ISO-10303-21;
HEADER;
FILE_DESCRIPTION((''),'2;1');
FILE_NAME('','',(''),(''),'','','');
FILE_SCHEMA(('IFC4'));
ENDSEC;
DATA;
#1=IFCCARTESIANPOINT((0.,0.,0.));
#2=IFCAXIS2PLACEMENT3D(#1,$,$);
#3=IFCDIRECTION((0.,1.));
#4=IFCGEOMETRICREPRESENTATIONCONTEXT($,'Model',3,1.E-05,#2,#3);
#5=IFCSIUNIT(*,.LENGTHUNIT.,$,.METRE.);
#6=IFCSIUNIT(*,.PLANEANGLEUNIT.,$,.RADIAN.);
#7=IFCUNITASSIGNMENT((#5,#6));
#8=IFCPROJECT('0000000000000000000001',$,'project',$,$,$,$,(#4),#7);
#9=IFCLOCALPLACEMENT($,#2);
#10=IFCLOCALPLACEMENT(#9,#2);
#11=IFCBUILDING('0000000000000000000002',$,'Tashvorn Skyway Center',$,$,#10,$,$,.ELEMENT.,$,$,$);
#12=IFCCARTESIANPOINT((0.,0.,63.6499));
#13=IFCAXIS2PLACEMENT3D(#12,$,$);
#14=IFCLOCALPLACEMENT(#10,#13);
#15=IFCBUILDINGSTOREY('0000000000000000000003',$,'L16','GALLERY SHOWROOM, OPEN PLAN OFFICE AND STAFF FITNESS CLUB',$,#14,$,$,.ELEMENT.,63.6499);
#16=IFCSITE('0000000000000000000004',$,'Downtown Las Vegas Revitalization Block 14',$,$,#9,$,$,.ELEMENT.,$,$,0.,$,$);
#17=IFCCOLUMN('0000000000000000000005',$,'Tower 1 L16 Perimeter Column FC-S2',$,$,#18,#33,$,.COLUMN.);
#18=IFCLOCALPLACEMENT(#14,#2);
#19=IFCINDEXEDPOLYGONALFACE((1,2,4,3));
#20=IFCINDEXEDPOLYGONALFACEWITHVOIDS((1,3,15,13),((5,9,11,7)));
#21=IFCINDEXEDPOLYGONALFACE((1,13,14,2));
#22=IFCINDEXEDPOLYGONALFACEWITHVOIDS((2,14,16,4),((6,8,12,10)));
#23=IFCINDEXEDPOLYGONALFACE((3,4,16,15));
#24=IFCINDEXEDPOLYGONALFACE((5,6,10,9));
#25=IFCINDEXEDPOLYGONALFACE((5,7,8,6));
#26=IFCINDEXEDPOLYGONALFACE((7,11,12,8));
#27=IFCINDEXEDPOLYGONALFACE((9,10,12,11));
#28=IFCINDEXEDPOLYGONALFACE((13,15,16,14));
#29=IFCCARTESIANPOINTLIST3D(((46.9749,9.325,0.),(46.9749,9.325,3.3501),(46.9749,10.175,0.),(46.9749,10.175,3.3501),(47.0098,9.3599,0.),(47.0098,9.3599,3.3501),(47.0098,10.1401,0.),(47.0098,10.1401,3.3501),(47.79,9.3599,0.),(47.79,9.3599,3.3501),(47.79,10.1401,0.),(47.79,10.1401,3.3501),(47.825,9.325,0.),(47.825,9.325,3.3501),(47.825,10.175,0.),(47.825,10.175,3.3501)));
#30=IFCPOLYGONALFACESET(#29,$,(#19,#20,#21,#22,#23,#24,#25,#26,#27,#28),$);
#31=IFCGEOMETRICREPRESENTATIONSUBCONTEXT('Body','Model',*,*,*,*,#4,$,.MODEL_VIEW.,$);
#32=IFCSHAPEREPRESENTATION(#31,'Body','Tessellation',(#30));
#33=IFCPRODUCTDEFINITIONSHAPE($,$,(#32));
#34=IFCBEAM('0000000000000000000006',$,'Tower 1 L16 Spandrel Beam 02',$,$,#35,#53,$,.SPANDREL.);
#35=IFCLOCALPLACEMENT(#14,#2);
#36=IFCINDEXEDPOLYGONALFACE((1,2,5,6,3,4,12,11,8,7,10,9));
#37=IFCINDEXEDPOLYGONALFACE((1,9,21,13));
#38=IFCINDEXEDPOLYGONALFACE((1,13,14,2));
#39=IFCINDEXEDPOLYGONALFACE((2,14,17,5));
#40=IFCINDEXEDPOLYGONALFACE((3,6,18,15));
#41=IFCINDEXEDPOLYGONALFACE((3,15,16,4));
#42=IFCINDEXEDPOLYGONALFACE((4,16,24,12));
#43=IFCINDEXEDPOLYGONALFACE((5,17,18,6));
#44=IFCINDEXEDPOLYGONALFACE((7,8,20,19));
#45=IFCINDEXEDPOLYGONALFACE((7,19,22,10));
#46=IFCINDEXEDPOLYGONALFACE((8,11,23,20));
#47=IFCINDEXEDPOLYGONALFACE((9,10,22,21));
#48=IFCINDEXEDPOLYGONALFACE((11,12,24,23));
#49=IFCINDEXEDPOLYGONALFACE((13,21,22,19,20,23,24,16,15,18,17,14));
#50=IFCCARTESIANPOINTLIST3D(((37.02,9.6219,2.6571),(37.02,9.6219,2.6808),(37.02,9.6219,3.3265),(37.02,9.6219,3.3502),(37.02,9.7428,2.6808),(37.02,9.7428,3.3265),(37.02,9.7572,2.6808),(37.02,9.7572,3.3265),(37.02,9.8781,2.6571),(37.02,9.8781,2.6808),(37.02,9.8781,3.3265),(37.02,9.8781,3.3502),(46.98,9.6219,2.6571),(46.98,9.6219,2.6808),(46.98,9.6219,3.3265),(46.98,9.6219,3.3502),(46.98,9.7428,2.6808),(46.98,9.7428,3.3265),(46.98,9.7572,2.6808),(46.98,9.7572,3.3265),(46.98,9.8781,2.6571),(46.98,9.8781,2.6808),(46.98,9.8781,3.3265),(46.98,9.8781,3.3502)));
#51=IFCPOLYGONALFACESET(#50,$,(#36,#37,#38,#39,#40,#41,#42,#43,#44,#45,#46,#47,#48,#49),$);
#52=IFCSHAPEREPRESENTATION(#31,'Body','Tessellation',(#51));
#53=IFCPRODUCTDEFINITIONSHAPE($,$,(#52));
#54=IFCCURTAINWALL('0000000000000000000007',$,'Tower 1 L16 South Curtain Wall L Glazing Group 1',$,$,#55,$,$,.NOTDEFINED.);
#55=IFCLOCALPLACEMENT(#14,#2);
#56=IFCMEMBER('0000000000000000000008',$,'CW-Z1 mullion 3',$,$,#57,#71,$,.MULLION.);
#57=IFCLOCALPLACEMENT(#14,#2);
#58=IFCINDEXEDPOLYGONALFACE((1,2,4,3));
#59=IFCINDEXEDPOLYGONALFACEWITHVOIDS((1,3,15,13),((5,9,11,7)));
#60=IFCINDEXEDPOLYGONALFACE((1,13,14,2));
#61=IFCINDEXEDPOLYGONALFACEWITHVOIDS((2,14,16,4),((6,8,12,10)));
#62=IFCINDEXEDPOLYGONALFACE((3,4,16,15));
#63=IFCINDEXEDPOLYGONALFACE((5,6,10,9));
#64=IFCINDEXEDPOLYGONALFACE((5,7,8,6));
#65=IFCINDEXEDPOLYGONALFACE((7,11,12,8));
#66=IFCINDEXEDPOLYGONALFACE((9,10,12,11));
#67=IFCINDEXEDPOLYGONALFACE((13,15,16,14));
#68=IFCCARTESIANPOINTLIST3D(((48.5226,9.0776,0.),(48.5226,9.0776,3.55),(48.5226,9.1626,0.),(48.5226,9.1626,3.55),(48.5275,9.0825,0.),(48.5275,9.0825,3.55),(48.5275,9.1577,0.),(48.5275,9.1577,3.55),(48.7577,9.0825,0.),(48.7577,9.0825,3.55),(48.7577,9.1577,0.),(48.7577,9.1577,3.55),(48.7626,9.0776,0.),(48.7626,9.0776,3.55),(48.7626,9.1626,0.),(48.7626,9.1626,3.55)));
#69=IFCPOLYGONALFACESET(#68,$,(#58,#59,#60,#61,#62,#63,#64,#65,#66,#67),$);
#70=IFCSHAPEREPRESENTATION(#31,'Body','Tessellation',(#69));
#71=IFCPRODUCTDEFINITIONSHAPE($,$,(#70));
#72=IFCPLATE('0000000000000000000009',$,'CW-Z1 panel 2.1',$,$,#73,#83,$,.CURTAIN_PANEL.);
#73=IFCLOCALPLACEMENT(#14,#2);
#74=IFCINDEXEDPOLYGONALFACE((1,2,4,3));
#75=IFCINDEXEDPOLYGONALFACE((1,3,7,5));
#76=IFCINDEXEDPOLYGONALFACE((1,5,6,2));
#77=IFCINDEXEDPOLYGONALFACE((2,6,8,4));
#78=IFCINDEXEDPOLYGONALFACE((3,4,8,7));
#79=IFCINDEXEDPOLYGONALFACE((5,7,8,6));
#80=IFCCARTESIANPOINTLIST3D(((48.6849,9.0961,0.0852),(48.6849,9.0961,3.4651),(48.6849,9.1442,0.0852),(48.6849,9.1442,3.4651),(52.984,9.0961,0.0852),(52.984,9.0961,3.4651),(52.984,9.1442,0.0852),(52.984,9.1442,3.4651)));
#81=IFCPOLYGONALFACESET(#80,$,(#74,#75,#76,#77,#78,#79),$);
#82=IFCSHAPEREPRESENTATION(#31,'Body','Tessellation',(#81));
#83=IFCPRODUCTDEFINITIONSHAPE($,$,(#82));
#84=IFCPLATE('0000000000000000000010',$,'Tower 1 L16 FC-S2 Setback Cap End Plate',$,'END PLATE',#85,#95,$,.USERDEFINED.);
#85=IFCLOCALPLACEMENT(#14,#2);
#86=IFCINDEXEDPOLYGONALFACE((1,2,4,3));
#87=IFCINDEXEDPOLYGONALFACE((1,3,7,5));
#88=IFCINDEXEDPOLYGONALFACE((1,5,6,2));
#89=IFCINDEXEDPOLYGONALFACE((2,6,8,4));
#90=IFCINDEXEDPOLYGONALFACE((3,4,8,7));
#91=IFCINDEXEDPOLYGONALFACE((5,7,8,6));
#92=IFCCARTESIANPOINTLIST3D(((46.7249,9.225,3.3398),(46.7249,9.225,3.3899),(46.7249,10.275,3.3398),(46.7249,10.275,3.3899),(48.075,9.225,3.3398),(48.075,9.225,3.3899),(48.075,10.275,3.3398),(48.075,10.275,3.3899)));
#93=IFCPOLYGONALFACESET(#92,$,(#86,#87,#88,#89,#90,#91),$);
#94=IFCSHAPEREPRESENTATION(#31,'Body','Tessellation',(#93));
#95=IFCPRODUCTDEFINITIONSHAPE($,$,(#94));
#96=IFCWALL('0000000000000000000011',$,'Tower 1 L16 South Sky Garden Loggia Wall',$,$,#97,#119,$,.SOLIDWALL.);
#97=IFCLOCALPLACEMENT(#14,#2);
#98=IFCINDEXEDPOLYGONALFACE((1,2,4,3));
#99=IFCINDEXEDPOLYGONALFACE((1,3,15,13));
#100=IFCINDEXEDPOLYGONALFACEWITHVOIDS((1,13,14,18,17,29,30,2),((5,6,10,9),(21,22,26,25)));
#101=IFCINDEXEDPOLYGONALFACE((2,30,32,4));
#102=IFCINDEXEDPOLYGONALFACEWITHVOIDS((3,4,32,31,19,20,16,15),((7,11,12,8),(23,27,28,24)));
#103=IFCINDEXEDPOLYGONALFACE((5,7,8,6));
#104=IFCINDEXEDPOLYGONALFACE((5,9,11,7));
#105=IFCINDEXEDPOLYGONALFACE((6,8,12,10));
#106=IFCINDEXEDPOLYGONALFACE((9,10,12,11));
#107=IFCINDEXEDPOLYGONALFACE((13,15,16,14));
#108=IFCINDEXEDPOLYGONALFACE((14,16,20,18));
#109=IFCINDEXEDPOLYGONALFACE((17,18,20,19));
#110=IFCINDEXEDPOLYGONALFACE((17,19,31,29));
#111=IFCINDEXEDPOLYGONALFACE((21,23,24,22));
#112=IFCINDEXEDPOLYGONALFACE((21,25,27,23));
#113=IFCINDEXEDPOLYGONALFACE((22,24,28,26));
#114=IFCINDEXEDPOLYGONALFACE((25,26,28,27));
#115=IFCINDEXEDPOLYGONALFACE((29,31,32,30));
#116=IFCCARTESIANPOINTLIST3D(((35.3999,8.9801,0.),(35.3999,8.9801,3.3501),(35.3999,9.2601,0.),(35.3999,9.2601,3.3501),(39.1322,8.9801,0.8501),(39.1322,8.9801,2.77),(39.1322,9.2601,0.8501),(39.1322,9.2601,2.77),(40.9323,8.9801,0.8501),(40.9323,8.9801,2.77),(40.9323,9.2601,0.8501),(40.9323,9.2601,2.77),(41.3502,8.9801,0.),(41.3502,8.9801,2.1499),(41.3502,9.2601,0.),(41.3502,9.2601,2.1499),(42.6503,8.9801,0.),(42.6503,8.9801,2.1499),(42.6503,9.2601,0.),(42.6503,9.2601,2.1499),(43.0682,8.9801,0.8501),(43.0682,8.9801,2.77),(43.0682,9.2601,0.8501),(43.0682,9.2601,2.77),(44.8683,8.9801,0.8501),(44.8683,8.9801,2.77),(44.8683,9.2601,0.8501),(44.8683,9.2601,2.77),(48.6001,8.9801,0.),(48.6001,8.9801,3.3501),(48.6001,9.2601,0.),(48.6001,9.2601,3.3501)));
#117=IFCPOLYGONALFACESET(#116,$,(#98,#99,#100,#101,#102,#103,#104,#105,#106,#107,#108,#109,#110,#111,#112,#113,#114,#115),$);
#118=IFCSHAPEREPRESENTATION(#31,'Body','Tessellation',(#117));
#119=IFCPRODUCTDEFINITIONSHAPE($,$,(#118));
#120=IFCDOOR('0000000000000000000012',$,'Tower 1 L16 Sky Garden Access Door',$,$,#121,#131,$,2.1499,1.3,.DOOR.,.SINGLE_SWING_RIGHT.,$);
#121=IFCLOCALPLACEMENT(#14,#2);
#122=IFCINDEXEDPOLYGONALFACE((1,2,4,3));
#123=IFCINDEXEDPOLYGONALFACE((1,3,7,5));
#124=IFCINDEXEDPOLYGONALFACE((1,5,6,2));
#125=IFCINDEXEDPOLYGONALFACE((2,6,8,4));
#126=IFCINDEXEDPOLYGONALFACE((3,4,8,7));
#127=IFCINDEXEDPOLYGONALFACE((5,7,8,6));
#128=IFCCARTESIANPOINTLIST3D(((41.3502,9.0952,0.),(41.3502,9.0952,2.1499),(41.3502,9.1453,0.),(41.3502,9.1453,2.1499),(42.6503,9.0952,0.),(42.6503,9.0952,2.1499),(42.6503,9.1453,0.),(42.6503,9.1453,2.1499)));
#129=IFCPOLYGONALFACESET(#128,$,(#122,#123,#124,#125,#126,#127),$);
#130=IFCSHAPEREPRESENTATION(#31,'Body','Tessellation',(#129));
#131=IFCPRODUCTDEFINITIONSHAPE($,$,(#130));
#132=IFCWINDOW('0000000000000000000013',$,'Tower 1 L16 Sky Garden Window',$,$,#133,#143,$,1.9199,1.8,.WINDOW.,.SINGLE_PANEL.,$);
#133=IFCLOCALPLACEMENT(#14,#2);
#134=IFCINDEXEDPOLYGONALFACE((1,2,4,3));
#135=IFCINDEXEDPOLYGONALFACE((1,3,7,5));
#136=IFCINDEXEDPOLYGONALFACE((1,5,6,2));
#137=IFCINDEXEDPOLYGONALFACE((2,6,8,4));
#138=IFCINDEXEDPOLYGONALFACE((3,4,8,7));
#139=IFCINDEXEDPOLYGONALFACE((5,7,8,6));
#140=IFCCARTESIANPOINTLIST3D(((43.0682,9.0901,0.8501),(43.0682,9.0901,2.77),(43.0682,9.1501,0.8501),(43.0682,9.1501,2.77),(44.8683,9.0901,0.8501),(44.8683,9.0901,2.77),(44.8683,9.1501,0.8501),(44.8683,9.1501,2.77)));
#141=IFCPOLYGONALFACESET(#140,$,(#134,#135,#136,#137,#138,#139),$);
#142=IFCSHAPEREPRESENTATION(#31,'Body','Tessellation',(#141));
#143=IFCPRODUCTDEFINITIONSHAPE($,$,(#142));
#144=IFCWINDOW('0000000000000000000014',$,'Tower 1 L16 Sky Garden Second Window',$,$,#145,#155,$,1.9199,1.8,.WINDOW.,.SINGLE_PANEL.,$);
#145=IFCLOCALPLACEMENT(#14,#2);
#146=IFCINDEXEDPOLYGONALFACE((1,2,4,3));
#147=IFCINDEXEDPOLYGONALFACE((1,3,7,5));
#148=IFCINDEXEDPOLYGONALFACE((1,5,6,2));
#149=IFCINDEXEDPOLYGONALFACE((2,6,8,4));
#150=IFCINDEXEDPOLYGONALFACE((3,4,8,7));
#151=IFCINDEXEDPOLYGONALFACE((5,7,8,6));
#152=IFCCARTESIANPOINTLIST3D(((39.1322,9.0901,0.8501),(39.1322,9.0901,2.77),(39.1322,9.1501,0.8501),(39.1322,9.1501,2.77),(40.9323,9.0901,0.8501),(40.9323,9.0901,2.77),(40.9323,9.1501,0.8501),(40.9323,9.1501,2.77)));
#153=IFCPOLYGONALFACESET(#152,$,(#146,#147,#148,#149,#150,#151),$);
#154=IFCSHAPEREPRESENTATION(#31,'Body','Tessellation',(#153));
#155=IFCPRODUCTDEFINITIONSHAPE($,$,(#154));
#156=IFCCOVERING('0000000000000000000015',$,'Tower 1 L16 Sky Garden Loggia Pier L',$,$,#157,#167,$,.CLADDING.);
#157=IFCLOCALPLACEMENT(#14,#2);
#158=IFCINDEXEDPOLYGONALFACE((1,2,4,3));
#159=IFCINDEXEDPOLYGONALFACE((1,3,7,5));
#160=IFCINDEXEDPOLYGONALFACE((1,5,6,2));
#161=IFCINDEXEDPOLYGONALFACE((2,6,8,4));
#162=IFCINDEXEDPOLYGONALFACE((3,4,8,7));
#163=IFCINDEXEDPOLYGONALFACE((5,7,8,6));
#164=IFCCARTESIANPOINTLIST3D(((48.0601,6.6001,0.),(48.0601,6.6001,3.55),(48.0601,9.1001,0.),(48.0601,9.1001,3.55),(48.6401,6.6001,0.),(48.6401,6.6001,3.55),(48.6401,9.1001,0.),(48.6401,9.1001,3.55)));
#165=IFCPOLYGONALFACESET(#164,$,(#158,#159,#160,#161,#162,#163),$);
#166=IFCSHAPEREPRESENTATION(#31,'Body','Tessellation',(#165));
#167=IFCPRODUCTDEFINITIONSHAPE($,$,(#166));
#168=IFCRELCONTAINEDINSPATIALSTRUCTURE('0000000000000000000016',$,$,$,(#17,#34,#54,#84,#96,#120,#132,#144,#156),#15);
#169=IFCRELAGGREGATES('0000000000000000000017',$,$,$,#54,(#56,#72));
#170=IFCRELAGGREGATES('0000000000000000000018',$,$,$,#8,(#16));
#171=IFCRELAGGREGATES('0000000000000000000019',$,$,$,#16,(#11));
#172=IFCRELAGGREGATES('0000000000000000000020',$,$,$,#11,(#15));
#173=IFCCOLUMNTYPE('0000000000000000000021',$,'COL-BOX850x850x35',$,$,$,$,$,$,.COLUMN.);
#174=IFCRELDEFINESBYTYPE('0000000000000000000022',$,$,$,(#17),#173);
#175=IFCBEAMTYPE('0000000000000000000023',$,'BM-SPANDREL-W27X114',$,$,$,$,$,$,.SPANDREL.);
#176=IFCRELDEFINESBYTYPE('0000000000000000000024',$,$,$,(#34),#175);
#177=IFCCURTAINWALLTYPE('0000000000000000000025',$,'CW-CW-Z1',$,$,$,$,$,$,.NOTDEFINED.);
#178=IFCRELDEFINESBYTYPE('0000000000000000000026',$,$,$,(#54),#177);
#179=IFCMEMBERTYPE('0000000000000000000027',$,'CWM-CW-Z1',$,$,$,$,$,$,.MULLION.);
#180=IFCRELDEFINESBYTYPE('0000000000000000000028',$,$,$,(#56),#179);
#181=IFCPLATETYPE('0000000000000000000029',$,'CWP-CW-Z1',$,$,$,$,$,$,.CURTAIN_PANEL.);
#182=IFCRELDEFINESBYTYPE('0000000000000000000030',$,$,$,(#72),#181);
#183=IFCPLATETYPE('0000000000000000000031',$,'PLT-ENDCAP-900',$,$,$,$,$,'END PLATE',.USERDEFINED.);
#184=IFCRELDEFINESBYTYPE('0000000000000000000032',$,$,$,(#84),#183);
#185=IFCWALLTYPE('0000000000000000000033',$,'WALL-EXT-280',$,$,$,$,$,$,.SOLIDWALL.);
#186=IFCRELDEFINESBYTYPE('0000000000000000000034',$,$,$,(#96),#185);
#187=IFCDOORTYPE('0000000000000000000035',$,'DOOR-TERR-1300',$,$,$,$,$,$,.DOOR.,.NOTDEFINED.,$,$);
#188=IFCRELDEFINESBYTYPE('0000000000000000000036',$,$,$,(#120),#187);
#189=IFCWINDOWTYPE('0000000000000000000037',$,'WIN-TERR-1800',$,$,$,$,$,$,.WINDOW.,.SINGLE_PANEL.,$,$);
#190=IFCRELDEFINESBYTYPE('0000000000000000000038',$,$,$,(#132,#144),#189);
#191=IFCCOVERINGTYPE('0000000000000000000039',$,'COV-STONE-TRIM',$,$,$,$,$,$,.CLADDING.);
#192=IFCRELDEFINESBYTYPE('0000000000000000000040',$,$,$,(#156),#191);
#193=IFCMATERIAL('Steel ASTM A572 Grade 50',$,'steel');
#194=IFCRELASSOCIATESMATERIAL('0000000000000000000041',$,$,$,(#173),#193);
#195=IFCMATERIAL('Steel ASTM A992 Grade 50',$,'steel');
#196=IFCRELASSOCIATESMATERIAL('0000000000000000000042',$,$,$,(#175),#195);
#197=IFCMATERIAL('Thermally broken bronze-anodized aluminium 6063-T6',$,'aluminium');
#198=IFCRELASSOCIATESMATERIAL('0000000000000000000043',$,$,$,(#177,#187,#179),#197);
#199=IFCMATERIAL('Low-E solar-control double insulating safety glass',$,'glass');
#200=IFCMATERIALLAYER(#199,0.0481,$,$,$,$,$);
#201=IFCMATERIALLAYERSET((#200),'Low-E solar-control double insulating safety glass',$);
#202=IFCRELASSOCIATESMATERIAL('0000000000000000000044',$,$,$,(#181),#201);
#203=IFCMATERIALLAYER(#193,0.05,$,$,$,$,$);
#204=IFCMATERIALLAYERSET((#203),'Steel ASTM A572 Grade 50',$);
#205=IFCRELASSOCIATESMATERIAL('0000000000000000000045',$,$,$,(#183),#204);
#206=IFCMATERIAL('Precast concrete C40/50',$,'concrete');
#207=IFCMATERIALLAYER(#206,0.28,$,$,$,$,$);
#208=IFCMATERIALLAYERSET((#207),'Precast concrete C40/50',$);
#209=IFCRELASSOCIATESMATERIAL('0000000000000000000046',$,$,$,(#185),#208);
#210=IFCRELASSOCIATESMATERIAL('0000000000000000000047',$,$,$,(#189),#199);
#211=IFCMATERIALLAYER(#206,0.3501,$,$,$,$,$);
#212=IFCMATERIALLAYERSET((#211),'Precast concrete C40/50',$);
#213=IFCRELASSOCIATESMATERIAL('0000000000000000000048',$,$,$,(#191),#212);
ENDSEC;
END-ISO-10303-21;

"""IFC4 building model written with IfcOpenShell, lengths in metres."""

from ifc_helpers import new_model, si_unit, direction, frame, frame_2d, origin, origin_2d, place, context, subcontext, project, spatial, rectangle, hollow_rectangle, i_section, extrude, material, layer, layer_set, material_profile, profile_set, type_object, element, fill, aggregate, save


model = new_model("IFC4")

# Units and contexts
model_context = context("Model", 3, precision=1e-05, world=origin(), true_north=direction((0.0, 1.0)))
body_context = subcontext(model_context, "Body", "Model", "MODEL_VIEW")
ifc_project = project(units=[si_unit("LENGTHUNIT", "METRE"), si_unit("PLANEANGLEUNIT", "RADIAN")], contexts=[model_context])

# Site, building, storey
site_placement = place(None, origin())
site = spatial("IfcSite", under=ifc_project, at=site_placement, Name="Downtown Las Vegas Revitalization Block 14", CompositionType="ELEMENT", RefElevation=0.0)
building_placement = place(site_placement, origin())
building = spatial("IfcBuilding", under=site, at=building_placement, Name="Tashvorn Skyway Center", CompositionType="ELEMENT")
storey_placement = place(building_placement, frame((0.0, 0.0, 63.6499)))
storey = spatial("IfcBuildingStorey", under=building, at=storey_placement, Name="L16", Description="GALLERY SHOWROOM, OPEN PLAN OFFICE AND STAFF FITNESS CLUB", CompositionType="ELEMENT", Elevation=63.6499)

# Column
ifc_material_1 = material(Name="Steel ASTM A572 Grade 50", Category="steel")
ifc_material_profile_1 = material_profile(ifc_material_1, hollow_rectangle(XDim=0.8501, YDim=0.8501, WallThickness=0.0349, at=origin_2d()), Name="BOX850x850x35")
ifc_profile_set_1 = profile_set([ifc_material_profile_1], Name="Steel ASTM A572 Grade 50")
column_type = type_object("IfcColumnType", Name="COL-BOX850x850x35", PredefinedType="COLUMN", material=ifc_profile_set_1)
column_placement = place(storey_placement, frame((47.3999, 9.75, 0.0), z_axis=(0.0, 0.0, 1.0), x_axis=(1.0, 0.0, 0.0)))
element("IfcColumn", 1, at=column_placement, inside=storey, type_object=column_type, Name="Tower 1 L16 Perimeter Column FC-S2", PredefinedType="COLUMN", context=body_context, shape_type="SweptSolid", body=[
    extrude(hollow_rectangle(XDim=0.8501, YDim=0.8501, WallThickness=0.0349, at=origin_2d()), origin(), (0.0, 0.0, 1.0), 3.3501),
])

# Beam
ifc_material_2 = material(Name="Steel ASTM A992 Grade 50", Category="steel")
ifc_material_profile_2 = material_profile(ifc_material_2, i_section(OverallWidth=0.2561, OverallDepth=0.6931, WebThickness=0.0144, FlangeThickness=0.0237, at=origin_2d()), Name="W27X114")
ifc_profile_set_2 = profile_set([ifc_material_profile_2], Name="Steel ASTM A992 Grade 50")
beam_type = type_object("IfcBeamType", Name="BM-SPANDREL-W27X114", PredefinedType="SPANDREL", material=ifc_profile_set_2)
beam_placement = place(storey_placement, frame((37.02, 9.75, 3.0037), z_axis=(1.0, 0.0, 0.0), x_axis=(0.0, 1.0, 0.0)))
element("IfcBeam", 2, at=beam_placement, inside=storey, type_object=beam_type, Name="Tower 1 L16 Spandrel Beam 02", PredefinedType="SPANDREL", context=body_context, shape_type="SweptSolid", body=[
    extrude(i_section(OverallWidth=0.2561, OverallDepth=0.6931, WebThickness=0.0144, FlangeThickness=0.0237, at=origin_2d()), origin(), (0.0, 0.0, 1.0), 9.96),
])

# Curtain wall, member, plate
ifc_material_3 = material(Name="Thermally broken bronze-anodized aluminium 6063-T6", Category="aluminium")
curtain_wall_type = type_object("IfcCurtainWallType", Name="CW-CW-Z1", PredefinedType="NOTDEFINED", material=ifc_material_3)
curtain_wall_placement = place(storey_placement, origin())
curtain_wall = element("IfcCurtainWall", 3, at=curtain_wall_placement, inside=storey, type_object=curtain_wall_type, Name="Tower 1 L16 South Curtain Wall L Glazing Group 1", PredefinedType="NOTDEFINED")
ifc_material_profile_3 = material_profile(ifc_material_3, hollow_rectangle(XDim=0.085, YDim=0.24, WallThickness=0.0049, at=origin_2d()), Name="ALU-MULL-85x240")
ifc_profile_set_3 = profile_set([ifc_material_profile_3], Name="Thermally broken bronze-anodized aluminium 6063-T6")
member_type = type_object("IfcMemberType", Name="CWM-CW-Z1", PredefinedType="MULLION", material=ifc_profile_set_3)
member_placement = place(storey_placement, frame((48.6426, 9.1201, 0.0), z_axis=(0.0, 0.0, 1.0), x_axis=(0.0, -1.0, 0.0)))
member = element("IfcMember", 4, at=member_placement, type_object=member_type, Name="CW-Z1 mullion 3", PredefinedType="MULLION", context=body_context, shape_type="SweptSolid", body=[
    extrude(hollow_rectangle(XDim=0.085, YDim=0.24, WallThickness=0.0049, at=origin_2d()), origin(), (0.0, 0.0, 1.0), 3.55),
])
ifc_material_4 = material(Name="Low-E solar-control double insulating safety glass", Category="glass")
ifc_layer_1 = layer(ifc_material_4, 0.0481)
ifc_layer_set_1 = layer_set([ifc_layer_1], Name="Low-E solar-control double insulating safety glass")
plate_type_1 = type_object("IfcPlateType", Name="CWP-CW-Z1", PredefinedType="CURTAIN_PANEL", material=ifc_layer_set_1)
plate_1_placement = place(storey_placement, frame((50.8345, 9.1201, 0.0852), z_axis=(0.0, 0.0, 1.0), x_axis=(-1.0, 0.0, 0.0)))
plate_1 = element("IfcPlate", 5, at=plate_1_placement, type_object=plate_type_1, Name="CW-Z1 panel 2.1", PredefinedType="CURTAIN_PANEL", context=body_context, shape_type="SweptSolid", body=[
    extrude(rectangle(XDim=4.2991, YDim=0.0481, at=origin_2d()), origin(), (0.0, 0.0, 1.0), 3.3799),
])
aggregate(curtain_wall, [member, plate_1])

# Plate
ifc_layer_2 = layer(ifc_material_1, 0.05)
ifc_layer_set_2 = layer_set([ifc_layer_2], Name="Steel ASTM A572 Grade 50")
plate_type_2 = type_object("IfcPlateType", Name="PLT-ENDCAP-900", ElementType="END PLATE", PredefinedType="USERDEFINED", material=ifc_layer_set_2)
plate_2_placement = place(storey_placement, frame((47.3999, 9.75, 3.3398), z_axis=(0.0, 0.0, 1.0), x_axis=(1.0, 0.0, 0.0)))
element("IfcPlate", 6, at=plate_2_placement, inside=storey, type_object=plate_type_2, Name="Tower 1 L16 FC-S2 Setback Cap End Plate", ObjectType="END PLATE", PredefinedType="USERDEFINED", context=body_context, shape_type="SweptSolid", body=[
    extrude(rectangle(XDim=1.3501, YDim=1.05, at=origin_2d()), origin(), (0.0, 0.0, 1.0), 0.05),
])

# Wall, openings, door, windows
ifc_material_5 = material(Name="Precast concrete C40/50", Category="concrete")
ifc_layer_3 = layer(ifc_material_5, 0.28)
ifc_layer_set_3 = layer_set([ifc_layer_3], Name="Precast concrete C40/50")
wall_type = type_object("IfcWallType", Name="WALL-EXT-280", PredefinedType="SOLIDWALL", material=ifc_layer_set_3)
wall_placement = place(storey_placement, frame((48.6001, 9.1201, 0.0), z_axis=(0.0, 0.0, 1.0), x_axis=(-1.0, 0.0, 0.0)))
wall = element("IfcWall", 7, at=wall_placement, inside=storey, type_object=wall_type, Name="Tower 1 L16 South Sky Garden Loggia Wall", PredefinedType="SOLIDWALL", context=body_context, shape_type="SweptSolid", body=[
    extrude(rectangle(XDim=13.2002, YDim=0.28, at=frame_2d((6.6001, 0.0))), origin(), (0.0, 0.0, 1.0), 3.3501),
])
opening_1_placement = place(wall_placement, frame((5.95, 0.0, 0.0)))
opening_1 = element("IfcOpeningElement", 8, at=opening_1_placement, cuts=wall, PredefinedType="OPENING", context=body_context, shape_type="SweptSolid", body=[
    extrude(rectangle(XDim=1.3, YDim=2.1499, at=frame_2d((0.6499, 1.075))), frame((0.0, 0.1499, 0.0), z_axis=(0.0, -1.0, 0.0), x_axis=(1.0, 0.0, 0.0)), (0.0, 0.0, 1.0), 0.3),
])
opening_2_placement = place(wall_placement, frame((3.7319, 0.0, 0.8501)))
opening_2 = element("IfcOpeningElement", 9, at=opening_2_placement, cuts=wall, PredefinedType="OPENING", context=body_context, shape_type="SweptSolid", body=[
    extrude(rectangle(XDim=1.8, YDim=1.9199, at=frame_2d((0.8999, 0.96))), frame((0.0, 0.1499, 0.0), z_axis=(0.0, -1.0, 0.0), x_axis=(1.0, 0.0, 0.0)), (0.0, 0.0, 1.0), 0.3),
])
opening_3_placement = place(wall_placement, frame((7.668, 0.0, 0.8501)))
opening_3 = element("IfcOpeningElement", 10, at=opening_3_placement, cuts=wall, PredefinedType="OPENING", context=body_context, shape_type="SweptSolid", body=[
    extrude(rectangle(XDim=1.8, YDim=1.9199, at=frame_2d((0.8999, 0.96))), frame((0.0, 0.1499, 0.0), z_axis=(0.0, -1.0, 0.0), x_axis=(1.0, 0.0, 0.0)), (0.0, 0.0, 1.0), 0.3),
])
door_type = type_object("IfcDoorType", Name="DOOR-TERR-1300", OperationType="NOTDEFINED", PredefinedType="DOOR", material=ifc_material_3)
door_placement = place(opening_1_placement, origin())
door = element("IfcDoor", 11, at=door_placement, inside=storey, type_object=door_type, Name="Tower 1 L16 Sky Garden Access Door", OperationType="SINGLE_SWING_RIGHT", OverallHeight=2.1499, OverallWidth=1.3, PredefinedType="DOOR", context=body_context, shape_type="SweptSolid", body=[
    extrude(rectangle(XDim=1.3, YDim=2.1499, at=frame_2d((0.6499, 1.075))), frame((0.0, 0.0249, 0.0), z_axis=(0.0, -1.0, 0.0), x_axis=(1.0, 0.0, 0.0)), (0.0, 0.0, 1.0), 0.05),
])
fill(opening_1, door)
window_type = type_object("IfcWindowType", Name="WIN-TERR-1800", PartitioningType="SINGLE_PANEL", PredefinedType="WINDOW", material=ifc_material_4)
window_1_placement = place(opening_2_placement, origin())
window_1 = element("IfcWindow", 12, at=window_1_placement, inside=storey, type_object=window_type, Name="Tower 1 L16 Sky Garden Window", OverallHeight=1.9199, OverallWidth=1.8, PartitioningType="SINGLE_PANEL", PredefinedType="WINDOW", context=body_context, shape_type="SweptSolid", body=[
    extrude(rectangle(XDim=1.8, YDim=1.9199, at=frame_2d((0.8999, 0.96))), frame((0.0, 0.03, 0.0), z_axis=(0.0, -1.0, 0.0), x_axis=(1.0, 0.0, 0.0)), (0.0, 0.0, 1.0), 0.0601),
])
fill(opening_2, window_1)
window_2_placement = place(opening_3_placement, origin())
window_2 = element("IfcWindow", 13, at=window_2_placement, inside=storey, type_object=window_type, Name="Tower 1 L16 Sky Garden Second Window", OverallHeight=1.9199, OverallWidth=1.8, PartitioningType="SINGLE_PANEL", PredefinedType="WINDOW", context=body_context, shape_type="SweptSolid", body=[
    extrude(rectangle(XDim=1.8, YDim=1.9199, at=frame_2d((0.8999, 0.96))), frame((0.0, 0.03, 0.0), z_axis=(0.0, -1.0, 0.0), x_axis=(1.0, 0.0, 0.0)), (0.0, 0.0, 1.0), 0.0601),
])
fill(opening_3, window_2)

# Covering
ifc_layer_4 = layer(ifc_material_5, 0.3501)
ifc_layer_set_4 = layer_set([ifc_layer_4], Name="Precast concrete C40/50")
covering_type = type_object("IfcCoveringType", Name="COV-STONE-TRIM", PredefinedType="CLADDING", material=ifc_layer_set_4)
covering_1_placement = place(storey_placement, frame((48.3501, 7.8501, 0.0), z_axis=(0.0, 0.0, 1.0), x_axis=(-1.0, 0.0, 0.0)))
element("IfcCovering", 14, at=covering_1_placement, inside=storey, type_object=covering_type, Name="Tower 1 L16 Sky Garden Loggia Pier L", PredefinedType="CLADDING", context=body_context, shape_type="SweptSolid", body=[
    extrude(rectangle(XDim=0.5801, YDim=2.5, at=origin_2d()), origin(), (0.0, 0.0, 1.0), 3.55),
])

save(model, "model.ifc")
